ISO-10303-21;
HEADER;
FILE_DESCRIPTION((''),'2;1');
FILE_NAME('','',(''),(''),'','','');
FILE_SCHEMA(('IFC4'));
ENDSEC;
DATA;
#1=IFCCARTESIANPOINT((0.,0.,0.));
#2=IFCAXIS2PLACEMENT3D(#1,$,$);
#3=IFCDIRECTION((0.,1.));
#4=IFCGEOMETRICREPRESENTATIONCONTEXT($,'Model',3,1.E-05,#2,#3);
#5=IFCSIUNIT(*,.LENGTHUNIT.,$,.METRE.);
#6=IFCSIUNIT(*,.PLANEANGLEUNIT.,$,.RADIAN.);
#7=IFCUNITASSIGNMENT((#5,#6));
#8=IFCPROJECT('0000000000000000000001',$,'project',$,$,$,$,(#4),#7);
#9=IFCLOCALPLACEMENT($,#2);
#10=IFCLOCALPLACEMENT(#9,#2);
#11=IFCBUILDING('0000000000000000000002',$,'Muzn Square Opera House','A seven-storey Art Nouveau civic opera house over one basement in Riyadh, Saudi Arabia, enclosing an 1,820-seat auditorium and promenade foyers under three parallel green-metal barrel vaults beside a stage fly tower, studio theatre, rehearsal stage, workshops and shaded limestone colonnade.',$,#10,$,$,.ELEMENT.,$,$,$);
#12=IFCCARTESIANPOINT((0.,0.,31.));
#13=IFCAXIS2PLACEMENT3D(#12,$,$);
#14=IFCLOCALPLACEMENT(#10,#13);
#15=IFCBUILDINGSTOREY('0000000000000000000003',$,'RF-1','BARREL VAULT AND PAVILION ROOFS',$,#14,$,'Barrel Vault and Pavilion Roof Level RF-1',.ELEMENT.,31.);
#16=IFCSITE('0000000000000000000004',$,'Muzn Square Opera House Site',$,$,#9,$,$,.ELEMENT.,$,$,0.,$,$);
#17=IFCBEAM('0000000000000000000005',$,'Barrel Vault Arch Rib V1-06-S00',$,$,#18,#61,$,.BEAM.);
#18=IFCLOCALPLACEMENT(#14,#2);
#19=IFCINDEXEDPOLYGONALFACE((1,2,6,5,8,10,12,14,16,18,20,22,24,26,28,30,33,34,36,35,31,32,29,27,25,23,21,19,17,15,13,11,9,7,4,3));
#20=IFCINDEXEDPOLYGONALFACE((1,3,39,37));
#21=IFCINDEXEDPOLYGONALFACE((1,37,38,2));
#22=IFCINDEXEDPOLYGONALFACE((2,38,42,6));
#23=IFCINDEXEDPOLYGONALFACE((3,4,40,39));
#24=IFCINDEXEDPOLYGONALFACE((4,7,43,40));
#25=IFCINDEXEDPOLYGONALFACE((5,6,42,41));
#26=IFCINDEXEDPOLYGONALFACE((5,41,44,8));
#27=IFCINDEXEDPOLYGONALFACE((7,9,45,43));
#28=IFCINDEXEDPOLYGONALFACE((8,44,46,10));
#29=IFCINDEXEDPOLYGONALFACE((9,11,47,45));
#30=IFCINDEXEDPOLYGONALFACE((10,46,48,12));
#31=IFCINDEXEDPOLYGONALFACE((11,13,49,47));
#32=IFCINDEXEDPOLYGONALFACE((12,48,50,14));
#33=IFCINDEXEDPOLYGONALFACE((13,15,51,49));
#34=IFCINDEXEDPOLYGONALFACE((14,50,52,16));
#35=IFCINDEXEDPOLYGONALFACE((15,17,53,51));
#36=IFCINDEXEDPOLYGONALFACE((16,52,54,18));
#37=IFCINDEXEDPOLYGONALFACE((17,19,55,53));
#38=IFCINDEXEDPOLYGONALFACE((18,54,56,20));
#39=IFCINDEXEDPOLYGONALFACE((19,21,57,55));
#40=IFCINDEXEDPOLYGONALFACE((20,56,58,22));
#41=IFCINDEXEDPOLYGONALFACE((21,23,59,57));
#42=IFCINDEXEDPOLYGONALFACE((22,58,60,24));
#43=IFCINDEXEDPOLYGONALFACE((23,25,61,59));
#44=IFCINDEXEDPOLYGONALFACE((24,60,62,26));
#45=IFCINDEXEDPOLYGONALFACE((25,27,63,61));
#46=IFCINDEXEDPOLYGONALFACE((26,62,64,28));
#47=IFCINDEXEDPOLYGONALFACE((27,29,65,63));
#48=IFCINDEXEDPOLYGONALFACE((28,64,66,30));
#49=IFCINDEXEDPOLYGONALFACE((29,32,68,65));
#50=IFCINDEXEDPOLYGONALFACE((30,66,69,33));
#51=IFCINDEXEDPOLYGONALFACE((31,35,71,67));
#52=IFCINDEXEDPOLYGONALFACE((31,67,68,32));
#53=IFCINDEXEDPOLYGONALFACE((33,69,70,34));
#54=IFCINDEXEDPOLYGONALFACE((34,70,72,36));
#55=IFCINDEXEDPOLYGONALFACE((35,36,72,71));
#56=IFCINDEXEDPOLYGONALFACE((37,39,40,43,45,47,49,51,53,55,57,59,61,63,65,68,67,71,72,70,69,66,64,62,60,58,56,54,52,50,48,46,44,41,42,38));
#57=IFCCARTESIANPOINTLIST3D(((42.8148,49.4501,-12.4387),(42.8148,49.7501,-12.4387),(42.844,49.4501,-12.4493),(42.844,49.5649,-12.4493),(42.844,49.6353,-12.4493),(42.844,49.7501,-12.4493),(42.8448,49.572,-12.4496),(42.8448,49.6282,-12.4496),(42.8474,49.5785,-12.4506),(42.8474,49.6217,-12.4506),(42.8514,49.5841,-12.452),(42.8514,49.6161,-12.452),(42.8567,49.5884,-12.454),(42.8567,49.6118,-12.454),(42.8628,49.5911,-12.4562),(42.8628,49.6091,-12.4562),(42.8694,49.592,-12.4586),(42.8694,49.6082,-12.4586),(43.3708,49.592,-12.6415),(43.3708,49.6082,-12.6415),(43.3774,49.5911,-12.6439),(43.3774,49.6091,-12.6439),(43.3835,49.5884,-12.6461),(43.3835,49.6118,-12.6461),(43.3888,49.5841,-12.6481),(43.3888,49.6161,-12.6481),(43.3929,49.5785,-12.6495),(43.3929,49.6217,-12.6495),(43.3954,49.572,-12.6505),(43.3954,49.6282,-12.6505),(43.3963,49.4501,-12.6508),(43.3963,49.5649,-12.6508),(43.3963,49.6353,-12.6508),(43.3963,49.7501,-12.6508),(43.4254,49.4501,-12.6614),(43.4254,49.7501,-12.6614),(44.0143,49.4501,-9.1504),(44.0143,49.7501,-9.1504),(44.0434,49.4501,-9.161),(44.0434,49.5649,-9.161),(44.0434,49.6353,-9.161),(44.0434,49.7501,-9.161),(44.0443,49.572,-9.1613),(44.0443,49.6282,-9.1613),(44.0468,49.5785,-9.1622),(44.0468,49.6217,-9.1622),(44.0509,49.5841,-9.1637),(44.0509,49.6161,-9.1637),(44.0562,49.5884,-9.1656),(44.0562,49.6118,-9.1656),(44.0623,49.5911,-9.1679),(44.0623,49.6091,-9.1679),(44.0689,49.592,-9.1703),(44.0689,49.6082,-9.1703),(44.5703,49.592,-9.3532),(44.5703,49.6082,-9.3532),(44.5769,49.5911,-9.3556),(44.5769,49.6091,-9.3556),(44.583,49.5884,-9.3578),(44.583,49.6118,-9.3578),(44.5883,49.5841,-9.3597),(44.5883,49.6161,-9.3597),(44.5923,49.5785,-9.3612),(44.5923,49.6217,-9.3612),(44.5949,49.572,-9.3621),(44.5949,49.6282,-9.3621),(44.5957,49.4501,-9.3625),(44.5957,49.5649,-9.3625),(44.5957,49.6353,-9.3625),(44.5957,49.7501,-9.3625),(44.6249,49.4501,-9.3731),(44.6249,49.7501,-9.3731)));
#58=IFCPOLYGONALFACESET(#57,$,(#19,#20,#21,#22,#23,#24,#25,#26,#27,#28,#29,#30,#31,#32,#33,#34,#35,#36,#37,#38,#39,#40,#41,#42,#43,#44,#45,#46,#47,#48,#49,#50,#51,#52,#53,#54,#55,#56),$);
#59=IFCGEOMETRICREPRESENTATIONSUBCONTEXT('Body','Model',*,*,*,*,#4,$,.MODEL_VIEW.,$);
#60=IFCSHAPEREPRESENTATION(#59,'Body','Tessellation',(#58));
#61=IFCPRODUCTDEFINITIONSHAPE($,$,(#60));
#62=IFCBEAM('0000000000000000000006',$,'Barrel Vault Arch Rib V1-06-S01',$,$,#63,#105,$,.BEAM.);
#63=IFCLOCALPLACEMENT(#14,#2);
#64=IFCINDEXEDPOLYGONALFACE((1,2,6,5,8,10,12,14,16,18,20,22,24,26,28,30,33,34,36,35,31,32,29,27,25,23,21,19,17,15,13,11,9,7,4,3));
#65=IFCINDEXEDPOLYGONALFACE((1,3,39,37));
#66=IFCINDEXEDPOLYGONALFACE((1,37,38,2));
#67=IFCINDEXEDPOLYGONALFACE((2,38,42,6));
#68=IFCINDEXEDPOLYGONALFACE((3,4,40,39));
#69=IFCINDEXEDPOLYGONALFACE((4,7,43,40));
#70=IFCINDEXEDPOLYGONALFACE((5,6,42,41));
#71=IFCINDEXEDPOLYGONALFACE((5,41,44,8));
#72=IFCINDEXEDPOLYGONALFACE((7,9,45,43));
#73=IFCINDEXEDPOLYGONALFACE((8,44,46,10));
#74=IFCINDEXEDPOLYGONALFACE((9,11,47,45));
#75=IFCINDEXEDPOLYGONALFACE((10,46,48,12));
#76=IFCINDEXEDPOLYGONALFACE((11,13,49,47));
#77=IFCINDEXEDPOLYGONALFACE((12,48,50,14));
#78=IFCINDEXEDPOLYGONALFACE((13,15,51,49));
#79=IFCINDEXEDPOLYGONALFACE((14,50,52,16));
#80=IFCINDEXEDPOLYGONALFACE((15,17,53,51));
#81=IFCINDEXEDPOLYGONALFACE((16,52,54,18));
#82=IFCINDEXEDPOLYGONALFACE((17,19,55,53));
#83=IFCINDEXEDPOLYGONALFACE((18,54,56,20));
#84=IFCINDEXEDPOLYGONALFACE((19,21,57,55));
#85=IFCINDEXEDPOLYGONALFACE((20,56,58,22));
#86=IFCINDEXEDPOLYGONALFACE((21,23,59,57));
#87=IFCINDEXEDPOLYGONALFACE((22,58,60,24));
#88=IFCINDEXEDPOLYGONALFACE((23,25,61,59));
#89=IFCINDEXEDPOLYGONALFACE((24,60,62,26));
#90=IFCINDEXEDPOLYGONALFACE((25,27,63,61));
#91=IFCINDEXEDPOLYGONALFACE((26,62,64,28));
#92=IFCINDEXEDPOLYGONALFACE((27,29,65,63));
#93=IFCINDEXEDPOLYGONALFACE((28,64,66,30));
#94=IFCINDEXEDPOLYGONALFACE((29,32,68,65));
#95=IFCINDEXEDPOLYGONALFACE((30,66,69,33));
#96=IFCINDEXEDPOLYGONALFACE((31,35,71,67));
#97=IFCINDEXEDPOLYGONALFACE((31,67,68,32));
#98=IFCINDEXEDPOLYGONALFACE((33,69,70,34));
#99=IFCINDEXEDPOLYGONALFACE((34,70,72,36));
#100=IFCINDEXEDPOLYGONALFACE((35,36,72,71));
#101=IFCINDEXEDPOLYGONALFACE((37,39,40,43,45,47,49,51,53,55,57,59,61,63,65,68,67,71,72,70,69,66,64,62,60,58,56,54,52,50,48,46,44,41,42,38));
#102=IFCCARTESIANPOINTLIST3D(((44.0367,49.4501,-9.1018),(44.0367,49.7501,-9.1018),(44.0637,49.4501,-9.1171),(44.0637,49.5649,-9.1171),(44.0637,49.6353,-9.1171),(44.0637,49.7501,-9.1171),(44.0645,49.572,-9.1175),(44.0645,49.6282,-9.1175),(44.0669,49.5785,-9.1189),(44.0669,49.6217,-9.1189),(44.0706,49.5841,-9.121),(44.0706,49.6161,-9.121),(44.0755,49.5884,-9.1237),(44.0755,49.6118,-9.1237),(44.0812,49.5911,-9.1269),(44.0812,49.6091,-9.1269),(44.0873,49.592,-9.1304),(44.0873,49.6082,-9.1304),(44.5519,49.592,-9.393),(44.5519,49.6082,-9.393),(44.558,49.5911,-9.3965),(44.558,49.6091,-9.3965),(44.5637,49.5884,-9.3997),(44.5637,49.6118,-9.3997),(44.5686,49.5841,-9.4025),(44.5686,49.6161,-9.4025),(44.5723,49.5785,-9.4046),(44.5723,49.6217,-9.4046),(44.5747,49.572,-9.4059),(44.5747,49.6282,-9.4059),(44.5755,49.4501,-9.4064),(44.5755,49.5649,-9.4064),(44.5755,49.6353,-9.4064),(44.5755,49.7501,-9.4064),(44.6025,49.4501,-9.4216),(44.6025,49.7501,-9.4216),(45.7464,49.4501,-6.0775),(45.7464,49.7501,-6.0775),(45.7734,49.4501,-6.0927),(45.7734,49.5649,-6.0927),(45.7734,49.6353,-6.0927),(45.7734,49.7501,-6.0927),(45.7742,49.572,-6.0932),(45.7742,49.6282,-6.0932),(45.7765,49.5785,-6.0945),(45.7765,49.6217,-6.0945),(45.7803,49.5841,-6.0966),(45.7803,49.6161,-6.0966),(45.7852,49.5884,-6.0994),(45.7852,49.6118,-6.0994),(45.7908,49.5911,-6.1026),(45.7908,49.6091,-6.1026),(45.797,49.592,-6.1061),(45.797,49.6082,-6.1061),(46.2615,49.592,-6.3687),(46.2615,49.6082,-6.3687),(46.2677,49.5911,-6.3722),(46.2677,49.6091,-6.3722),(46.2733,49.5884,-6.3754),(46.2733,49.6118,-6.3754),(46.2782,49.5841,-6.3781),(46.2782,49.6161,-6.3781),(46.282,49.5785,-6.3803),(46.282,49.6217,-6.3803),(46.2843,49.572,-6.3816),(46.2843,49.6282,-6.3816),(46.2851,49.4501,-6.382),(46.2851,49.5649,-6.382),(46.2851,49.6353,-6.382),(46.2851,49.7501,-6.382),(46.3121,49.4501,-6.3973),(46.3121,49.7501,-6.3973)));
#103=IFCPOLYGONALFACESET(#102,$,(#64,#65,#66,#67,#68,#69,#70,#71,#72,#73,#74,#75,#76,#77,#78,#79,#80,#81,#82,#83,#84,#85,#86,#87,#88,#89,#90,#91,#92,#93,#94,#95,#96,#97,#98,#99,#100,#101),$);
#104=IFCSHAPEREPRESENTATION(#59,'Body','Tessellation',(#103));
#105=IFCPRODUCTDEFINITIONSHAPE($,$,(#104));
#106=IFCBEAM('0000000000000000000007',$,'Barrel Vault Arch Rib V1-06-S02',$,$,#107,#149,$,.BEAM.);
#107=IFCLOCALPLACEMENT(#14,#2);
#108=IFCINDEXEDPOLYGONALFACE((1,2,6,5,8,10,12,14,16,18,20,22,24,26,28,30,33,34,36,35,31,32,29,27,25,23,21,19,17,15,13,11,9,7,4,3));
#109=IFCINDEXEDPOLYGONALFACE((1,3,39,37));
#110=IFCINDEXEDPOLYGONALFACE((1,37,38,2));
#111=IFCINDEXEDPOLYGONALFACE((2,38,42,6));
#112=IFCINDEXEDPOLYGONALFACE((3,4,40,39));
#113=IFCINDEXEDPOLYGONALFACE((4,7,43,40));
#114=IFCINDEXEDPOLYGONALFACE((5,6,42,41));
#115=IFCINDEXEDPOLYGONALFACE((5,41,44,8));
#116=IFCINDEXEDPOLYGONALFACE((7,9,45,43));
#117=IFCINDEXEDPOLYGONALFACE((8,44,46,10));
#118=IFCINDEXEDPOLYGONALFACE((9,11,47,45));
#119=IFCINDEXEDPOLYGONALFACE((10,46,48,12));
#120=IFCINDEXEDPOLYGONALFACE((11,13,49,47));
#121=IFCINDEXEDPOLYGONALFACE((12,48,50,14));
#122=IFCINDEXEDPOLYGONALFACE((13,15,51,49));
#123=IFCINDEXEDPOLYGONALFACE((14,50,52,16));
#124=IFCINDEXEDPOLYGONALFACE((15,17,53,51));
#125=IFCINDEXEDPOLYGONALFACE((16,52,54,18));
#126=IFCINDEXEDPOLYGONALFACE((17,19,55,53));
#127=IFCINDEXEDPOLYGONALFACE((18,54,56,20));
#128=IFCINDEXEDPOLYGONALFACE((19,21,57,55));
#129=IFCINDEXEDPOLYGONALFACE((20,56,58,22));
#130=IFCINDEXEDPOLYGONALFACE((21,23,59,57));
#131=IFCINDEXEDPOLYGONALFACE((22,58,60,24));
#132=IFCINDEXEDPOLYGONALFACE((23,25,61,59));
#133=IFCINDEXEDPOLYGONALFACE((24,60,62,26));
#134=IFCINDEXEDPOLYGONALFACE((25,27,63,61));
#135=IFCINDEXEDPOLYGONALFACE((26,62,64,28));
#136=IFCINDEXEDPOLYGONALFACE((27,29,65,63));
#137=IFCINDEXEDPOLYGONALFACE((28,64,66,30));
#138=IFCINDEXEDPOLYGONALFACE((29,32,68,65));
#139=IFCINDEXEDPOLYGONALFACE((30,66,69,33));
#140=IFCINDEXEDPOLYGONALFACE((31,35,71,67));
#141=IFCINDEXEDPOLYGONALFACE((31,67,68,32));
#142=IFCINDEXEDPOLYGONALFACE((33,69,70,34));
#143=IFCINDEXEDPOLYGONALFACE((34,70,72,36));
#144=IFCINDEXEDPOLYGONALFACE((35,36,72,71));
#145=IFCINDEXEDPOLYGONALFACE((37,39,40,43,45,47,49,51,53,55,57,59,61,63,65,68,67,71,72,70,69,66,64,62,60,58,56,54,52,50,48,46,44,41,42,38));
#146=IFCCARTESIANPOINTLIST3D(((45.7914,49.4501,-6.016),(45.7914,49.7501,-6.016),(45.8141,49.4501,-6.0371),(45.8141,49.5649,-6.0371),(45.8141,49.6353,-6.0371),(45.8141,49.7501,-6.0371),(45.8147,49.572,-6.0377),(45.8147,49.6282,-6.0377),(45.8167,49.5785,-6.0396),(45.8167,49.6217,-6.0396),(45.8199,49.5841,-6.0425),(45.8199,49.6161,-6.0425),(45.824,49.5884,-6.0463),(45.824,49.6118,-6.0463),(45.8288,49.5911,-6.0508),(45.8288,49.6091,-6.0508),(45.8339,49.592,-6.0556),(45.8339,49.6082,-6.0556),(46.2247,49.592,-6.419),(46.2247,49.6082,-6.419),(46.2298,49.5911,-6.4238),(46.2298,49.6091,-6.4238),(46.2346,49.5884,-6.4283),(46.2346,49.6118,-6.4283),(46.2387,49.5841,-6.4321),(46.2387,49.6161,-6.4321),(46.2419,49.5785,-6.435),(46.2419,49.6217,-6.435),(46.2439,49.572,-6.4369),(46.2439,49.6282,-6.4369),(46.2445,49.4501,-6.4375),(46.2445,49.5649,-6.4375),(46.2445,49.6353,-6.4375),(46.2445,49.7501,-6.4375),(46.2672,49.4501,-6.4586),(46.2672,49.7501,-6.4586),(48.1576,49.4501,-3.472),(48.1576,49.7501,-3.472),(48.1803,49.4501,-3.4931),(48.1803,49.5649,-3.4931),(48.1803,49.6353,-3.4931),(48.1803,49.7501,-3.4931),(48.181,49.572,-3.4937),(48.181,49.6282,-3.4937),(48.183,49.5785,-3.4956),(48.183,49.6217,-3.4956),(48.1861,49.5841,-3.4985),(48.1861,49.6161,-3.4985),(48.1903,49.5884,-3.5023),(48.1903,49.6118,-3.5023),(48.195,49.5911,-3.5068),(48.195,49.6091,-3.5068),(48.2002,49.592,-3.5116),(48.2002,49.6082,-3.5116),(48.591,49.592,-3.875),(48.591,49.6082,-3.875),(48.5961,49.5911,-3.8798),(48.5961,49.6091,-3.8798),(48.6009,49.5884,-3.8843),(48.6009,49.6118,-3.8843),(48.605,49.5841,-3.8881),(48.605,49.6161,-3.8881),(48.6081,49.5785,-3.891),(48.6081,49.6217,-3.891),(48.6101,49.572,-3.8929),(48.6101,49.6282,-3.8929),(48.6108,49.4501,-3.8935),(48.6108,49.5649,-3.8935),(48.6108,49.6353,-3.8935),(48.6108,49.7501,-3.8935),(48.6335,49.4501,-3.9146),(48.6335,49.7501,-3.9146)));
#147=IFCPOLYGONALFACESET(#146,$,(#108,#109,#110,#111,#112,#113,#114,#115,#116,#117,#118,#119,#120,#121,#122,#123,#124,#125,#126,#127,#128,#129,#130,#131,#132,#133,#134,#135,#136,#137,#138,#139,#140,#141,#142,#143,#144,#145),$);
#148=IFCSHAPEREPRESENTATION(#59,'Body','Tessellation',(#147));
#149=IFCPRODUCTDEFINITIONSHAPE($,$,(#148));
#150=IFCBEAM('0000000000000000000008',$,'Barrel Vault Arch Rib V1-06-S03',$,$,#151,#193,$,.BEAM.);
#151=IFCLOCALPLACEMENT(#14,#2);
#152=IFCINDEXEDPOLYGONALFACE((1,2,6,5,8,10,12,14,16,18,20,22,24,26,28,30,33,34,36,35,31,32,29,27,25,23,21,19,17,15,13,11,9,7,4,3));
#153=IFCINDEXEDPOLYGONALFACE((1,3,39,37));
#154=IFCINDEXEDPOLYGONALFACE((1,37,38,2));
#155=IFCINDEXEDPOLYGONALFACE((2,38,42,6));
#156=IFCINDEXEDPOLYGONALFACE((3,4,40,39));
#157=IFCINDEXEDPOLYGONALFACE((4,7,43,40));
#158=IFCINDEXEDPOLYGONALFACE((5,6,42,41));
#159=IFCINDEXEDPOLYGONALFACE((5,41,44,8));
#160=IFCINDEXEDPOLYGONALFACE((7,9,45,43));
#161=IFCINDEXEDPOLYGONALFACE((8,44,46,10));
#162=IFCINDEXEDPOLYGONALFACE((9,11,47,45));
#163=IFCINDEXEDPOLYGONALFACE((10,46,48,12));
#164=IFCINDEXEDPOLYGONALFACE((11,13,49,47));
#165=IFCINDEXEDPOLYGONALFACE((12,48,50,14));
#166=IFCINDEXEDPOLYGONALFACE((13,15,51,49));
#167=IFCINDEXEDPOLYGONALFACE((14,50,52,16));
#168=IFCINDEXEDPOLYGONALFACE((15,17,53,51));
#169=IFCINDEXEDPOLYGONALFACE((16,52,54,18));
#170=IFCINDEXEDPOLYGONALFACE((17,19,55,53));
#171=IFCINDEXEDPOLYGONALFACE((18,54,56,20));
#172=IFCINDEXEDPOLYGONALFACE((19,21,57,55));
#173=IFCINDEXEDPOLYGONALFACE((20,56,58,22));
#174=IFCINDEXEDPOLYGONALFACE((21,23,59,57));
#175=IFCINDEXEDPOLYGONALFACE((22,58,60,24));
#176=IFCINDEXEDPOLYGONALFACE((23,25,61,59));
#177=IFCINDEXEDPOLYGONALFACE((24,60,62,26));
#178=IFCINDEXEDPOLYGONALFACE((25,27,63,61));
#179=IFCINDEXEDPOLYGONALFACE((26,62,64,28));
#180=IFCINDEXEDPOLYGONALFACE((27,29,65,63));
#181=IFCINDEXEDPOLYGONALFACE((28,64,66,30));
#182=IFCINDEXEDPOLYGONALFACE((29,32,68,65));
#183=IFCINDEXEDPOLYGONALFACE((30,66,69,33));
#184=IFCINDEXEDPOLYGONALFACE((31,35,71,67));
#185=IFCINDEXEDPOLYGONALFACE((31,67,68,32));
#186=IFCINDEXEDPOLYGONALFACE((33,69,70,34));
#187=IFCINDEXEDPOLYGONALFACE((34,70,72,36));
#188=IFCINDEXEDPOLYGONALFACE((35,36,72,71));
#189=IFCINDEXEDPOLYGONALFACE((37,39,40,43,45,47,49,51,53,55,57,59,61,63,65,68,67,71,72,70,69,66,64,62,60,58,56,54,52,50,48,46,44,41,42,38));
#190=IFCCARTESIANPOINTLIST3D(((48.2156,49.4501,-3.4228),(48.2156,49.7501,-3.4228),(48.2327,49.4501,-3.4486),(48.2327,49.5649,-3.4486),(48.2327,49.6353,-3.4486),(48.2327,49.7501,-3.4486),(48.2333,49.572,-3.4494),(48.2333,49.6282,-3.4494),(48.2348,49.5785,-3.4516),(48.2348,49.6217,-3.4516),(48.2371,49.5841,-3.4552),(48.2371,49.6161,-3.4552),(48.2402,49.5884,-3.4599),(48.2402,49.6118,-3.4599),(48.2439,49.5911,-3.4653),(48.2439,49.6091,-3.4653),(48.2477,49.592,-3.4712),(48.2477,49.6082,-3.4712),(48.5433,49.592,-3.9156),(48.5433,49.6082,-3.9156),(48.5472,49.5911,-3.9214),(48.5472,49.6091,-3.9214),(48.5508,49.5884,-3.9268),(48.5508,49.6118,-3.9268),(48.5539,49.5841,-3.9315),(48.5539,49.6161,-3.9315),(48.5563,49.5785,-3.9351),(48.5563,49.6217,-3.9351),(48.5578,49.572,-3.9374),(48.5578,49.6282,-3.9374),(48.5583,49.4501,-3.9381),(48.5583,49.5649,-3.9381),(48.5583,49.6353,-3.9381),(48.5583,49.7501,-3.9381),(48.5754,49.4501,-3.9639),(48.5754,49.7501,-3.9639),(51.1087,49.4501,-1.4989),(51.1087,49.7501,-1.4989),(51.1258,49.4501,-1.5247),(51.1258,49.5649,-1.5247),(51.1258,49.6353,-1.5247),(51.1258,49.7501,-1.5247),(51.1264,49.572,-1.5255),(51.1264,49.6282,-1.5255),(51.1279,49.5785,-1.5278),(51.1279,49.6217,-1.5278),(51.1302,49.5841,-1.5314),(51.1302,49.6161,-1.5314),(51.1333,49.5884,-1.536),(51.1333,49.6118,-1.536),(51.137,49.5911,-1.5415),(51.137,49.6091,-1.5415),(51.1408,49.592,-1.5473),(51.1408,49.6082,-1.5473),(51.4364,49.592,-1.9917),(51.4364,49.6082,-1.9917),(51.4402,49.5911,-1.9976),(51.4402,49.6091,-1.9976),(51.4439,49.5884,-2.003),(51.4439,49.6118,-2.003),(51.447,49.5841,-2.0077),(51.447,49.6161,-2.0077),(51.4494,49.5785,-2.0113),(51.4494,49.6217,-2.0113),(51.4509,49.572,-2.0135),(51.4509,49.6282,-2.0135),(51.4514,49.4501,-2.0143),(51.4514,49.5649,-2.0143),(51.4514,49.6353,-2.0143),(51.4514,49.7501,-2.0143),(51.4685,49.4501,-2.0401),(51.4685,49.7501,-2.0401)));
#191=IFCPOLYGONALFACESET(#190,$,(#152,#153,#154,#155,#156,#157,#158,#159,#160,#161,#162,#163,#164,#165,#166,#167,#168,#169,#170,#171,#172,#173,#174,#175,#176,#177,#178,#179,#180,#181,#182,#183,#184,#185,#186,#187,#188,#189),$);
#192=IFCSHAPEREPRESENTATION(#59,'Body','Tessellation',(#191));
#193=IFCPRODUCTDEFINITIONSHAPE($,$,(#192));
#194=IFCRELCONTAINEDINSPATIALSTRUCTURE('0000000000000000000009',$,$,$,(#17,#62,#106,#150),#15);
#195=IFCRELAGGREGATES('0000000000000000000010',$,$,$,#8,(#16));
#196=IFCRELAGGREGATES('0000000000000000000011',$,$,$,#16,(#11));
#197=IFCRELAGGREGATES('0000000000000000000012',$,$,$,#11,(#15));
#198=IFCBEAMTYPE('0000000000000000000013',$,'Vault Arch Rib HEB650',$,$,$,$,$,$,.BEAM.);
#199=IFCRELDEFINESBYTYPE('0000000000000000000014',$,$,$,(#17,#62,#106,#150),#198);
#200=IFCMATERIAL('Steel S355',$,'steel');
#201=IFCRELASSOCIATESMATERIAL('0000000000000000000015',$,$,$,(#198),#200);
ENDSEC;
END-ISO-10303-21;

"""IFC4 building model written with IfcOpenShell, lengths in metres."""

from ifc_helpers import new_model, si_unit, direction, frame, origin, origin_2d, place, context, subcontext, project, spatial, i_section, extrude, material, material_profile, profile_set, type_object, element, save


model = new_model("IFC4")

# Units and contexts
model_context = context("Model", 3, precision=1e-05, world=origin(), true_north=direction((0.0, 1.0)))
body_context = subcontext(model_context, "Body", "Model", "MODEL_VIEW")
ifc_project = project(units=[si_unit("LENGTHUNIT", "METRE"), si_unit("PLANEANGLEUNIT", "RADIAN")], contexts=[model_context])

# Site, building, storey
site_placement = place(None, origin())
site = spatial("IfcSite", under=ifc_project, at=site_placement, Name="Muzn Square Opera House Site", CompositionType="ELEMENT", RefElevation=0.0)
building_placement = place(site_placement, origin())
building = spatial("IfcBuilding", under=site, at=building_placement, Name="Muzn Square Opera House", Description="A seven-storey Art Nouveau civic opera house over one basement in Riyadh, Saudi Arabia, enclosing an 1,820-seat auditorium and promenade foyers under three parallel green-metal barrel vaults beside a stage fly tower, studio theatre, rehearsal stage, workshops and shaded limestone colonnade.", CompositionType="ELEMENT")
storey_placement = place(building_placement, frame((0.0, 0.0, 31.0)))
storey = spatial("IfcBuildingStorey", under=building, at=storey_placement, Name="RF-1", Description="BARREL VAULT AND PAVILION ROOFS", LongName="Barrel Vault and Pavilion Roof Level RF-1", CompositionType="ELEMENT", Elevation=31.0)

# Beams
ifc_material_1 = material(Name="Steel S355", Category="steel")
ifc_material_profile_1 = material_profile(ifc_material_1, i_section(OverallWidth=0.3, OverallDepth=0.6499, WebThickness=0.0161, FlangeThickness=0.031, FilletRadius=0.0271, at=origin_2d()), Name="HEB 650", Category="steel")
ifc_profile_set_1 = profile_set([ifc_material_profile_1], Name="Steel S355")
beam_type_1 = type_object("IfcBeamType", Name="Vault Arch Rib HEB650", PredefinedType="BEAM", material=ifc_profile_set_1)
beam_1_placement = place(storey_placement, frame((43.1201, 49.6001, -12.55), z_axis=(0.342678, 0.0, 0.939453), x_axis=(0.0, 1.0, 0.0)))
element("IfcBeam", 1, at=beam_1_placement, inside=storey, type_object=beam_type_1, Name="Barrel Vault Arch Rib V1-06-S00", PredefinedType="BEAM", context=body_context, shape_type="SweptSolid", body=[
    extrude(i_section(OverallWidth=0.3, OverallDepth=0.6499, WebThickness=0.0161, FlangeThickness=0.031, FilletRadius=0.0271, at=origin_2d()), origin(), (0.0, 0.0, 1.0), 3.5002),
])
beam_2_placement = place(storey_placement, frame((44.3196, 49.6001, -9.2617), z_axis=(0.492115, 0.0, 0.87053), x_axis=(0.0, 1.0, 0.0)))
element("IfcBeam", 2, at=beam_2_placement, inside=storey, type_object=beam_type_1, Name="Barrel Vault Arch Rib V1-06-S01", PredefinedType="BEAM", context=body_context, shape_type="SweptSolid", body=[
    extrude(i_section(OverallWidth=0.3, OverallDepth=0.6499, WebThickness=0.0161, FlangeThickness=0.031, FilletRadius=0.0271, at=origin_2d()), origin(), (0.0, 0.0, 1.0), 3.4741),
])
for number, where, z_axis, x_axis, name in (
    (3, (46.0293, 49.6001, -6.2373), (0.681065, 0.0, 0.732223), (0.0, 1.0, 0.0), "Barrel Vault Arch Rib V1-06-S02"),
    (4, (48.3955, 49.6001, -3.6934), (0.832698, 0.0, 0.553727), (0.0, 1.0, 0.0), "Barrel Vault Arch Rib V1-06-S03"),
):
    element("IfcBeam", number, at=place(storey_placement, frame(where, z_axis=z_axis, x_axis=x_axis)), inside=storey, type_object=beam_type_1, Name=name, PredefinedType="BEAM", context=body_context, shape_type="SweptSolid", body=[
        extrude(i_section(OverallWidth=0.3, OverallDepth=0.6499, WebThickness=0.0161, FlangeThickness=0.031, FilletRadius=0.0271, at=origin_2d()), origin(), (0.0, 0.0, 1.0), 3.4744),
    ])

save(model, "model.ifc")
